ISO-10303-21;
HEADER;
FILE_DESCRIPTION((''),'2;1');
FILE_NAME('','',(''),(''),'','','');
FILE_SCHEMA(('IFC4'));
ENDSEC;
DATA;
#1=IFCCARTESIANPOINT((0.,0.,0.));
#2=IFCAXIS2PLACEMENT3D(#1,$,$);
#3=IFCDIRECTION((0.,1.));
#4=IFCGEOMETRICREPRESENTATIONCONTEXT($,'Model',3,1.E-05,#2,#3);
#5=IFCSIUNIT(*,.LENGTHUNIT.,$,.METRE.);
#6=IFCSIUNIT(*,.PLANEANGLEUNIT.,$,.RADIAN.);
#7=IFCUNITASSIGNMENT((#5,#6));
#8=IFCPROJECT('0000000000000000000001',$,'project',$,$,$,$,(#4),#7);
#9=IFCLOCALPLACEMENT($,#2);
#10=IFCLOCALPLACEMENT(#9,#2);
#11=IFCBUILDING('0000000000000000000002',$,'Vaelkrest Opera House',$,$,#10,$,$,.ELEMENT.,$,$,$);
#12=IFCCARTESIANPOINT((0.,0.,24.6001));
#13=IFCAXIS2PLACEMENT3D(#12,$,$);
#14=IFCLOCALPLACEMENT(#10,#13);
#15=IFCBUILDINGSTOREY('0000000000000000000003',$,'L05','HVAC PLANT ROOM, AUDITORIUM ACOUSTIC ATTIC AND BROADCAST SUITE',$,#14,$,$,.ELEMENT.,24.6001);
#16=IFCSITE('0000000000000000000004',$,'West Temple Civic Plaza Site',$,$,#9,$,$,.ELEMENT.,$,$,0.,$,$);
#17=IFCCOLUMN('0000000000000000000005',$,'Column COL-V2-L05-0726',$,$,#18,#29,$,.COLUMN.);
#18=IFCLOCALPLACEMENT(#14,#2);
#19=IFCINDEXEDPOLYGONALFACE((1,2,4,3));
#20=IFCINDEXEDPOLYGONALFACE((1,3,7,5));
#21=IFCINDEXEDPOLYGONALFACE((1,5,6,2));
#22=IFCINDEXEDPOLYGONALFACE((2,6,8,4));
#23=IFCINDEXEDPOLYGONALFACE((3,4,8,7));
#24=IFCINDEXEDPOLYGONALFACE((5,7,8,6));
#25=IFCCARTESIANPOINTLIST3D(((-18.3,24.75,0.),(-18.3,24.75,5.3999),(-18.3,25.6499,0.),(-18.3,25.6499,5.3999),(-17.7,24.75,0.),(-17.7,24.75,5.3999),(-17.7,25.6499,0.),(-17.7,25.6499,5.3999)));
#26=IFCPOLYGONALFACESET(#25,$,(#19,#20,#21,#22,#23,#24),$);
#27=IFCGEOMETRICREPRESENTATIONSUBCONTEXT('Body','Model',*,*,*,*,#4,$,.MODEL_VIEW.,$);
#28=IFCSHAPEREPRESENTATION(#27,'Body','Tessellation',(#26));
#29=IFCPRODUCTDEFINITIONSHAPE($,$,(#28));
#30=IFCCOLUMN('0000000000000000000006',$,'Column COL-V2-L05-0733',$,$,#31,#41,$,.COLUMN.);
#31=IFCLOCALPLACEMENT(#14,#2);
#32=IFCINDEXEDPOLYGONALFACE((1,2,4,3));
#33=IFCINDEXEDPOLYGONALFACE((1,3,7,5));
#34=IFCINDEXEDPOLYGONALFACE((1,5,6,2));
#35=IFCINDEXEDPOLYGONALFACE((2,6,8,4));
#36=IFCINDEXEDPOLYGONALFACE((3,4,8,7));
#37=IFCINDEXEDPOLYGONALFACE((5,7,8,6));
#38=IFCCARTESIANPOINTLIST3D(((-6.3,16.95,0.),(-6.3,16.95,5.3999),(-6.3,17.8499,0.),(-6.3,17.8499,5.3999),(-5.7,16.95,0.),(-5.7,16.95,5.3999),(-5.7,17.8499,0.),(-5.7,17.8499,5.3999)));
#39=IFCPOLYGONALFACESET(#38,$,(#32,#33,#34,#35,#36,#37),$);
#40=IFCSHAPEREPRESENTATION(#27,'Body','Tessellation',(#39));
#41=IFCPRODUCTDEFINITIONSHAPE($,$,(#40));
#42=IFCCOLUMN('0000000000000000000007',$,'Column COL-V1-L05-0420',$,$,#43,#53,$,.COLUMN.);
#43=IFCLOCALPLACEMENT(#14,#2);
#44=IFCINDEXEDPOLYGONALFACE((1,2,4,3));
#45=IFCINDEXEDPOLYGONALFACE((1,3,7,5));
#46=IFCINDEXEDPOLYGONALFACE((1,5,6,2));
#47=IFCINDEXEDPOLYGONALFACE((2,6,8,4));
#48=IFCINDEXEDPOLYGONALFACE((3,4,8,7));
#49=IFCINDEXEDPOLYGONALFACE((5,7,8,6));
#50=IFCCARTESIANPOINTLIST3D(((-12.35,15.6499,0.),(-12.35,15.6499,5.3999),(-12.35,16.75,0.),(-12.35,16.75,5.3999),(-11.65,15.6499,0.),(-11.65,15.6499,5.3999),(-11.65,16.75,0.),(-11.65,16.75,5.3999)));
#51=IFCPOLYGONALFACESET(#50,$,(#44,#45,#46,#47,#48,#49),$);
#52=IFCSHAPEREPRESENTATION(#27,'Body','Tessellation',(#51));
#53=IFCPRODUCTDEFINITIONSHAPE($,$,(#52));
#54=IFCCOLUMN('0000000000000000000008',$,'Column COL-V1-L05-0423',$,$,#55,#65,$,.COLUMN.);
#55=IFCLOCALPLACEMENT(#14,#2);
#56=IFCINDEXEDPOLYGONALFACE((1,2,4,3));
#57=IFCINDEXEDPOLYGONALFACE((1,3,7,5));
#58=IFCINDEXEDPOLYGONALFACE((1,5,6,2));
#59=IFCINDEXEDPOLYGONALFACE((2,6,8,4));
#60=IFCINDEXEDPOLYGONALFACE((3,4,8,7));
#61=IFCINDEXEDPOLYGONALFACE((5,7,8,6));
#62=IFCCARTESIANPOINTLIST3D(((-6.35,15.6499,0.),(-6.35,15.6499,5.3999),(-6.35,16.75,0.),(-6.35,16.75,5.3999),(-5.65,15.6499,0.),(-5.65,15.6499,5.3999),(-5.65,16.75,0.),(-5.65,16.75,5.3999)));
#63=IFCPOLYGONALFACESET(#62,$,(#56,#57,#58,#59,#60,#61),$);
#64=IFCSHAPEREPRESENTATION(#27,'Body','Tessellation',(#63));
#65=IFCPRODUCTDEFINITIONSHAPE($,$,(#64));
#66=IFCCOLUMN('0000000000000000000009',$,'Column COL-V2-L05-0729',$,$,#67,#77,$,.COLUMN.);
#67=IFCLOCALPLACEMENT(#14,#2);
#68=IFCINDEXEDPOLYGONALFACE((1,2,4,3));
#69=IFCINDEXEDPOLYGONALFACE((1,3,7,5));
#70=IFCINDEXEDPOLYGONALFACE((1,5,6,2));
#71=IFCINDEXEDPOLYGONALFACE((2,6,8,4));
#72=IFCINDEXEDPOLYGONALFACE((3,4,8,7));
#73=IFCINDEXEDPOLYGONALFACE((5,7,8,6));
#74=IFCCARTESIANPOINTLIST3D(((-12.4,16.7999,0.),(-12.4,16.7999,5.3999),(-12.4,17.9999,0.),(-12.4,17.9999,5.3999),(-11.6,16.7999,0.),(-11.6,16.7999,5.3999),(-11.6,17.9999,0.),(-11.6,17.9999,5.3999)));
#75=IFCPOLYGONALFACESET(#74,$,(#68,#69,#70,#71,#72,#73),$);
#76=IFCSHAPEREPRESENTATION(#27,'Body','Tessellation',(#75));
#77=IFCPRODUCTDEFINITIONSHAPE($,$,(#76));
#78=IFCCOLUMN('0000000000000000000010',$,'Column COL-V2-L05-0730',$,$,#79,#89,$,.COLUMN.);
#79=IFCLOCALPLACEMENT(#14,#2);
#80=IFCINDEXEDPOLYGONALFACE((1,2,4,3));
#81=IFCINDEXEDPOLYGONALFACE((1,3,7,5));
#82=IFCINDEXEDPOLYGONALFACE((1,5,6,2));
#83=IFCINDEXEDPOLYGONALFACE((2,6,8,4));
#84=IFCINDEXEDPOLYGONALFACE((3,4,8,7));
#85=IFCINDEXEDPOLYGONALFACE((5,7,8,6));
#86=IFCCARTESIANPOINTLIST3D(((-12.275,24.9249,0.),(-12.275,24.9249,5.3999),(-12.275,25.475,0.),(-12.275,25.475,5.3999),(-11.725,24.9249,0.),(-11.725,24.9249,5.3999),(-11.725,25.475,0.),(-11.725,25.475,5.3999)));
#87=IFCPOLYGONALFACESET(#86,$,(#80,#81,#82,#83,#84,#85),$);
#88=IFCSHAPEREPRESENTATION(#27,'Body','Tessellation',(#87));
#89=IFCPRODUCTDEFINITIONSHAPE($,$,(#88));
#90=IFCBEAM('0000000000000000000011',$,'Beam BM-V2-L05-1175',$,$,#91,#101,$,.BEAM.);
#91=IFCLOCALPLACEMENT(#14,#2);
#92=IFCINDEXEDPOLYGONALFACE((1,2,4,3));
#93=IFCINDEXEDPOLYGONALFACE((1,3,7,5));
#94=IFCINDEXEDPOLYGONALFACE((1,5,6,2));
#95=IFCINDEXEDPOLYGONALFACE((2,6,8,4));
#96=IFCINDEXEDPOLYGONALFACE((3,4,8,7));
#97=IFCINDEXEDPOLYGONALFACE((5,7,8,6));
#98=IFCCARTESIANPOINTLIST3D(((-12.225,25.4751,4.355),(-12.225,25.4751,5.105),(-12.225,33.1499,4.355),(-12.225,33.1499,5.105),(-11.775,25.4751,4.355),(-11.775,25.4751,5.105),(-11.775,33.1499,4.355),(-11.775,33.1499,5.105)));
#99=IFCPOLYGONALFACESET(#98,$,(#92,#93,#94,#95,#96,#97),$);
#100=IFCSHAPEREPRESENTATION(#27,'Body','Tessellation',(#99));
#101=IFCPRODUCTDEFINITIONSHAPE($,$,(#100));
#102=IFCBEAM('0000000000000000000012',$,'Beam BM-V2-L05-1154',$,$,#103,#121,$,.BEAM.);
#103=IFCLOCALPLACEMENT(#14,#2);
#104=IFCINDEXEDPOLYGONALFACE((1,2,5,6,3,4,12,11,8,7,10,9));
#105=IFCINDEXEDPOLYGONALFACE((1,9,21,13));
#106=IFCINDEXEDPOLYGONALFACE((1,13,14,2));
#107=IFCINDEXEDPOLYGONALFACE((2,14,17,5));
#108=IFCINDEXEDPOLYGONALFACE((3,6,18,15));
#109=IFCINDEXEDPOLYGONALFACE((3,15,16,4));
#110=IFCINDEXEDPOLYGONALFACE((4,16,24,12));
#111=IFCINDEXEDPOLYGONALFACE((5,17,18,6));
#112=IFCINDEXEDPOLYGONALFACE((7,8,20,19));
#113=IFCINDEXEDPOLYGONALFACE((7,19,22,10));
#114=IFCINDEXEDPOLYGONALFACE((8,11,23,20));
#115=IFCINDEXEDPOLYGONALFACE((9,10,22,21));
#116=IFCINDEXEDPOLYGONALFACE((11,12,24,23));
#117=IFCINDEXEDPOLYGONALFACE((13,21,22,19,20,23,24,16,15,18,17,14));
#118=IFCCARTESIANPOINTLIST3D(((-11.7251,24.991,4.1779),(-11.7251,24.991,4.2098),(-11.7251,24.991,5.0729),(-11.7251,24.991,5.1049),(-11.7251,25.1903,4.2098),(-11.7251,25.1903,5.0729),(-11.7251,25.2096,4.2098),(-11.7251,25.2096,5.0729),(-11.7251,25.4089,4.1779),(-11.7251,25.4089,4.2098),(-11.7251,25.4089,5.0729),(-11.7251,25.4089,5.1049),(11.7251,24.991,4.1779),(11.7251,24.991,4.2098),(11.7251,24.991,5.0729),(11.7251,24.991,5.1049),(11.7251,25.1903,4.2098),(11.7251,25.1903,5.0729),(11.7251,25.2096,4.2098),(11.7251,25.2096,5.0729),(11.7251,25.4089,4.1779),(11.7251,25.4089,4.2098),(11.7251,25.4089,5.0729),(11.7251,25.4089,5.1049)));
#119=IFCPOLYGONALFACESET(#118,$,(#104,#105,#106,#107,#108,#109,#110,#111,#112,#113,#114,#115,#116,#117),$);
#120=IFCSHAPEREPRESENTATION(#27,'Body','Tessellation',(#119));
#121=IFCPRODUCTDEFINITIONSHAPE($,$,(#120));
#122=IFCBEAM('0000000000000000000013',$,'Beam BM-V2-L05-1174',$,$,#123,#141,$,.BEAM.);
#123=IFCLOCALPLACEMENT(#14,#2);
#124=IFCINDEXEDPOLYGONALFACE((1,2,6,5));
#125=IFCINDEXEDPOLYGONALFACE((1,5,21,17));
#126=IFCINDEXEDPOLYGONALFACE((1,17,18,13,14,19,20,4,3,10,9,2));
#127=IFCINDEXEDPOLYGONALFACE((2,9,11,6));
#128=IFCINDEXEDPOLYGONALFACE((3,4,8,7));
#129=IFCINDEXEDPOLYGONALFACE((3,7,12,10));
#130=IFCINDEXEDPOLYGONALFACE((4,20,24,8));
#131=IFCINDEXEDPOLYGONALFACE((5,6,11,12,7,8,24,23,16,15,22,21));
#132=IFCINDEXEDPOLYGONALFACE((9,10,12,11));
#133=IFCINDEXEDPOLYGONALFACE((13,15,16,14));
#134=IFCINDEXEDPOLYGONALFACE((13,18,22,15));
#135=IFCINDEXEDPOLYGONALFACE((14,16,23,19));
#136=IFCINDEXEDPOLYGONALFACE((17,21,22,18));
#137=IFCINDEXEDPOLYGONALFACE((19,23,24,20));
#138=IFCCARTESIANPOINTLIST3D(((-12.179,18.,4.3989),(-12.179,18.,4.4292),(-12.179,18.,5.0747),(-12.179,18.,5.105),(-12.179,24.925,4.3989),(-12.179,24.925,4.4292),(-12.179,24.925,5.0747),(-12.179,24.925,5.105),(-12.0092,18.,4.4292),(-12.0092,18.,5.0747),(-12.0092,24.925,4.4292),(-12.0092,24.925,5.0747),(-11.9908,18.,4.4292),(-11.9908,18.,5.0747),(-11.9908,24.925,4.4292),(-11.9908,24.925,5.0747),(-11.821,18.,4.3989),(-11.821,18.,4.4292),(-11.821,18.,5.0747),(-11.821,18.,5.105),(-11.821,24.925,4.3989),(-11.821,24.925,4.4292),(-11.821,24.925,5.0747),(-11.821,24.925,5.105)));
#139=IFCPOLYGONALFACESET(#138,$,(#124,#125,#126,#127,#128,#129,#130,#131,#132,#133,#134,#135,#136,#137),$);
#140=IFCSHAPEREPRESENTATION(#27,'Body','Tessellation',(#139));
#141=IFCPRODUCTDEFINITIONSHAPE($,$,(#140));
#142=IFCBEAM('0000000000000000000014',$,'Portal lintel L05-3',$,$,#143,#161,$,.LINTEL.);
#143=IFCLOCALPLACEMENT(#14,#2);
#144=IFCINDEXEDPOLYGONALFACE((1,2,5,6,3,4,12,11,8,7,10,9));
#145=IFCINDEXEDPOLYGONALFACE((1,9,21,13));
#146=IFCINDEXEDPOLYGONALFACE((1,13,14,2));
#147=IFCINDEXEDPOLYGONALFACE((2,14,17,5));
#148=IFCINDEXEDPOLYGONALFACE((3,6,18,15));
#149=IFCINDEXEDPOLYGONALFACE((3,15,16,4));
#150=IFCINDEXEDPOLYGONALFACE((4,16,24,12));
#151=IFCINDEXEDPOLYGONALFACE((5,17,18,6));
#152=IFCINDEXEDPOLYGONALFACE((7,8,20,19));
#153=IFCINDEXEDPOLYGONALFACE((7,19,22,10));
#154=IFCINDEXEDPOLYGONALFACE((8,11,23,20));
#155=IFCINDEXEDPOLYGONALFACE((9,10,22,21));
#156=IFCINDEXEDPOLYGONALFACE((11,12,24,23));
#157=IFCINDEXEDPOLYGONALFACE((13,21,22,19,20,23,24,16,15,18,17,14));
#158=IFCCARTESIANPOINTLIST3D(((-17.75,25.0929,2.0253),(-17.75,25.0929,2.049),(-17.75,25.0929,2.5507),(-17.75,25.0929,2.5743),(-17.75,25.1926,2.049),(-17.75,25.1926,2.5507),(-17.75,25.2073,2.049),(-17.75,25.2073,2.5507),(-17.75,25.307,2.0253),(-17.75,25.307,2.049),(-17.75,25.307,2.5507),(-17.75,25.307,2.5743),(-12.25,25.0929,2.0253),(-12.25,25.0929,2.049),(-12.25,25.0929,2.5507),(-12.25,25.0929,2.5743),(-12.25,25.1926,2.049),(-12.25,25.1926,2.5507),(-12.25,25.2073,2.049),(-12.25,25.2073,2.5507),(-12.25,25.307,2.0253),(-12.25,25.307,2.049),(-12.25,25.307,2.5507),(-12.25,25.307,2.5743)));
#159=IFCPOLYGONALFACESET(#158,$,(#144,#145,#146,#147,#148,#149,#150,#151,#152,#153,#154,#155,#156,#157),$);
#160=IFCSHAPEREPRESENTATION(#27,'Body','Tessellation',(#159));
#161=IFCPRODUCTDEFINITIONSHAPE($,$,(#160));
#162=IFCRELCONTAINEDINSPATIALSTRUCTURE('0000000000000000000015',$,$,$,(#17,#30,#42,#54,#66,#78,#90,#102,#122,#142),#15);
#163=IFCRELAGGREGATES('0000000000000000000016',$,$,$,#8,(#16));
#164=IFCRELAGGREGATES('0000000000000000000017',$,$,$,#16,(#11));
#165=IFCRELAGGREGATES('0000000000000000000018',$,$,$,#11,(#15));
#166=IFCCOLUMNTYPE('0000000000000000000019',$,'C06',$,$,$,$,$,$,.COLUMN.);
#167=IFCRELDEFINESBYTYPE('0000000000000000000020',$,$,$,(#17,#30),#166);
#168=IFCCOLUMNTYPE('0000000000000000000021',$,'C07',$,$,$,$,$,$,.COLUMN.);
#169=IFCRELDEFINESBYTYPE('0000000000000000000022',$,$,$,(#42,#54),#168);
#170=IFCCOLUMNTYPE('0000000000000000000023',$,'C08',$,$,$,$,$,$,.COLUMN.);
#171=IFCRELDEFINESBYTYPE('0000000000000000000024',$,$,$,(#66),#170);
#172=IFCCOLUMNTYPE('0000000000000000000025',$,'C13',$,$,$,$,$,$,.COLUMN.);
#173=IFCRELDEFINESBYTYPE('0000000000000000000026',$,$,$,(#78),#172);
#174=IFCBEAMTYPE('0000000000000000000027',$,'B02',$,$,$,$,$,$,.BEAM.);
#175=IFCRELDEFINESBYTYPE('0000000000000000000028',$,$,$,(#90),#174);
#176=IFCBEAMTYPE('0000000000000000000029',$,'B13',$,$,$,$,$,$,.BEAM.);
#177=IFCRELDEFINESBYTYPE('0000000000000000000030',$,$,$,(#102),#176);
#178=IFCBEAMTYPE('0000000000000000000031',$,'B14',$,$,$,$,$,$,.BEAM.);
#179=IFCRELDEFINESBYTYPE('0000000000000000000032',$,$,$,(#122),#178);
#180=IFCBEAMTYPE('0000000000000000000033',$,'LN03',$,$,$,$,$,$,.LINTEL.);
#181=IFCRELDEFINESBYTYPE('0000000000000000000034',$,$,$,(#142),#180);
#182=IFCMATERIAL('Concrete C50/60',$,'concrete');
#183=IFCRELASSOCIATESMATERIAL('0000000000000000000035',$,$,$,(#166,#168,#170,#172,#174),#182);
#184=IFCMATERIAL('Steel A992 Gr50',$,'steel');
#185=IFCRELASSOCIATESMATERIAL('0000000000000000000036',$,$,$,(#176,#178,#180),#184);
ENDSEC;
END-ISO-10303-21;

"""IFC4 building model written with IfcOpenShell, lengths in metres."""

from ifc_helpers import new_model, si_unit, direction, frame, origin, origin_2d, place, context, subcontext, project, spatial, rectangle, i_section, extrude, material, material_profile, profile_set, type_object, element, save


model = new_model("IFC4")

# Units and contexts
model_context = context("Model", 3, precision=1e-05, world=origin(), true_north=direction((0.0, 1.0)))
body_context = subcontext(model_context, "Body", "Model", "MODEL_VIEW")
ifc_project = project(units=[si_unit("LENGTHUNIT", "METRE"), si_unit("PLANEANGLEUNIT", "RADIAN")], contexts=[model_context])

# Site, building, storey
site_placement = place(None, origin())
site = spatial("IfcSite", under=ifc_project, at=site_placement, Name="West Temple Civic Plaza Site", CompositionType="ELEMENT", RefElevation=0.0)
building_placement = place(site_placement, origin())
building = spatial("IfcBuilding", under=site, at=building_placement, Name="Vaelkrest Opera House", CompositionType="ELEMENT")
storey_placement = place(building_placement, frame((0.0, 0.0, 24.6001)))
storey = spatial("IfcBuildingStorey", under=building, at=storey_placement, Name="L05", Description="HVAC PLANT ROOM, AUDITORIUM ACOUSTIC ATTIC AND BROADCAST SUITE", CompositionType="ELEMENT", Elevation=24.6001)

# Columns
ifc_material_1 = material(Name="Concrete C50/60", Category="concrete")
ifc_material_profile_1 = material_profile(ifc_material_1, rectangle(XDim=0.6001, YDim=0.8999, at=origin_2d()), Name="RC600X900")
ifc_profile_set_1 = profile_set([ifc_material_profile_1], Name="Concrete C50/60")
column_type_1 = type_object("IfcColumnType", Name="C06", PredefinedType="COLUMN", material=ifc_profile_set_1)
for number, where, z_axis, x_axis, name in (
    (1, (-18.0, 25.2, 0.0), (0.0, 0.0, 1.0), (1.0, 0.0, 0.0), "Column COL-V2-L05-0726"),
    (2, (-6.0, 17.3999, 0.0), (0.0, 0.0, 1.0), (1.0, 0.0, 0.0), "Column COL-V2-L05-0733"),
):
    element("IfcColumn", number, at=place(storey_placement, frame(where, z_axis=z_axis, x_axis=x_axis)), inside=storey, type_object=column_type_1, Name=name, PredefinedType="COLUMN", context=body_context, shape_type="SweptSolid", body=[
        extrude(rectangle(XDim=0.6001, YDim=0.8999, at=origin_2d()), origin(), (0.0, 0.0, 1.0), 5.3999),
    ])
ifc_material_profile_2 = material_profile(ifc_material_1, rectangle(XDim=0.7, YDim=1.1001, at=origin_2d()), Name="RC700X1100")
ifc_profile_set_2 = profile_set([ifc_material_profile_2], Name="Concrete C50/60")
column_type_2 = type_object("IfcColumnType", Name="C07", PredefinedType="COLUMN", material=ifc_profile_set_2)
for number, where, z_axis, x_axis, name in (
    (3, (-12.0, 16.2, 0.0), (0.0, 0.0, 1.0), (1.0, 0.0, 0.0), "Column COL-V1-L05-0420"),
    (4, (-6.0, 16.2, 0.0), (0.0, 0.0, 1.0), (1.0, 0.0, 0.0), "Column COL-V1-L05-0423"),
):
    element("IfcColumn", number, at=place(storey_placement, frame(where, z_axis=z_axis, x_axis=x_axis)), inside=storey, type_object=column_type_2, Name=name, PredefinedType="COLUMN", context=body_context, shape_type="SweptSolid", body=[
        extrude(rectangle(XDim=0.7, YDim=1.1001, at=origin_2d()), origin(), (0.0, 0.0, 1.0), 5.3999),
    ])
ifc_material_profile_3 = material_profile(ifc_material_1, rectangle(XDim=0.8, YDim=1.2, at=origin_2d()), Name="RC800X1200")
ifc_profile_set_3 = profile_set([ifc_material_profile_3], Name="Concrete C50/60")
column_type_3 = type_object("IfcColumnType", Name="C08", PredefinedType="COLUMN", material=ifc_profile_set_3)
column_1_placement = place(storey_placement, frame((-12.0, 17.3999, 0.0), z_axis=(0.0, 0.0, 1.0), x_axis=(1.0, 0.0, 0.0)))
element("IfcColumn", 5, at=column_1_placement, inside=storey, type_object=column_type_3, Name="Column COL-V2-L05-0729", PredefinedType="COLUMN", context=body_context, shape_type="SweptSolid", body=[
    extrude(rectangle(XDim=0.8, YDim=1.2, at=origin_2d()), origin(), (0.0, 0.0, 1.0), 5.3999),
])
ifc_material_profile_4 = material_profile(ifc_material_1, rectangle(XDim=0.55, YDim=0.55, at=origin_2d()), Name="RC550X550")
ifc_profile_set_4 = profile_set([ifc_material_profile_4], Name="Concrete C50/60")
column_type_4 = type_object("IfcColumnType", Name="C13", PredefinedType="COLUMN", material=ifc_profile_set_4)
column_2_placement = place(storey_placement, frame((-12.0, 25.2, 0.0), z_axis=(0.0, 0.0, 1.0), x_axis=(1.0, 0.0, 0.0)))
element("IfcColumn", 6, at=column_2_placement, inside=storey, type_object=column_type_4, Name="Column COL-V2-L05-0730", PredefinedType="COLUMN", context=body_context, shape_type="SweptSolid", body=[
    extrude(rectangle(XDim=0.55, YDim=0.55, at=origin_2d()), origin(), (0.0, 0.0, 1.0), 5.3999),
])

# Beams
ifc_material_profile_5 = material_profile(ifc_material_1, rectangle(XDim=0.45, YDim=0.75, at=origin_2d()), Name="RCB450X750")
ifc_profile_set_5 = profile_set([ifc_material_profile_5], Name="Concrete C50/60")
beam_type_1 = type_object("IfcBeamType", Name="B02", PredefinedType="BEAM", material=ifc_profile_set_5)
beam_1_placement = place(storey_placement, frame((-12.0, 25.4751, 4.73), z_axis=(0.0, 1.0, 0.0), x_axis=(-1.0, 0.0, 0.0)))
element("IfcBeam", 7, at=beam_1_placement, inside=storey, type_object=beam_type_1, Name="Beam BM-V2-L05-1175", PredefinedType="BEAM", context=body_context, shape_type="SweptSolid", body=[
    extrude(rectangle(XDim=0.45, YDim=0.75, at=origin_2d()), origin(), (0.0, 0.0, 1.0), 7.6748),
])
ifc_material_2 = material(Name="Steel A992 Gr50", Category="steel")
ifc_material_profile_6 = material_profile(ifc_material_2, i_section(OverallWidth=0.418, OverallDepth=0.927, WebThickness=0.0193, FlangeThickness=0.032, at=origin_2d()), Name="W36X231")
ifc_profile_set_6 = profile_set([ifc_material_profile_6], Name="Steel A992 Gr50")
beam_type_2 = type_object("IfcBeamType", Name="B13", PredefinedType="BEAM", material=ifc_profile_set_6)
beam_2_placement = place(storey_placement, frame((-11.7251, 25.2, 4.6414), z_axis=(1.0, 0.0, 0.0), x_axis=(0.0, 1.0, 0.0)))
element("IfcBeam", 8, at=beam_2_placement, inside=storey, type_object=beam_type_2, Name="Beam BM-V2-L05-1154", PredefinedType="BEAM", context=body_context, shape_type="SweptSolid", body=[
    extrude(i_section(OverallWidth=0.418, OverallDepth=0.927, WebThickness=0.0193, FlangeThickness=0.032, at=origin_2d()), origin(), (0.0, 0.0, 1.0), 23.4502),
])
ifc_material_profile_7 = material_profile(ifc_material_2, i_section(OverallWidth=0.3579, OverallDepth=0.7061, WebThickness=0.0183, FlangeThickness=0.0303, at=origin_2d()), Name="W27X178")
ifc_profile_set_7 = profile_set([ifc_material_profile_7], Name="Steel A992 Gr50")
beam_type_3 = type_object("IfcBeamType", Name="B14", PredefinedType="BEAM", material=ifc_profile_set_7)
beam_3_placement = place(storey_placement, frame((-12.0, 18.0, 4.752), z_axis=(0.0, 1.0, 0.0), x_axis=(-1.0, 0.0, 0.0)))
element("IfcBeam", 9, at=beam_3_placement, inside=storey, type_object=beam_type_3, Name="Beam BM-V2-L05-1174", PredefinedType="BEAM", context=body_context, shape_type="SweptSolid", body=[
    extrude(i_section(OverallWidth=0.3579, OverallDepth=0.7061, WebThickness=0.0183, FlangeThickness=0.0303, at=origin_2d()), origin(), (0.0, 0.0, 1.0), 6.925),
])
ifc_material_profile_8 = material_profile(ifc_material_2, i_section(OverallWidth=0.2141, OverallDepth=0.5491, WebThickness=0.0146, FlangeThickness=0.0237, at=origin_2d()), Name="W21X93")
ifc_profile_set_8 = profile_set([ifc_material_profile_8], Name="Steel A992 Gr50")
beam_type_4 = type_object("IfcBeamType", Name="LN03", PredefinedType="LINTEL", material=ifc_profile_set_8)
beam_4_placement = place(storey_placement, frame((-17.75, 25.2, 2.2998), z_axis=(1.0, 0.0, 0.0), x_axis=(0.0, 1.0, 0.0)))
element("IfcBeam", 10, at=beam_4_placement, inside=storey, type_object=beam_type_4, Name="Portal lintel L05-3", PredefinedType="LINTEL", context=body_context, shape_type="SweptSolid", body=[
    extrude(i_section(OverallWidth=0.2141, OverallDepth=0.5491, WebThickness=0.0146, FlangeThickness=0.0237, at=origin_2d()), origin(), (0.0, 0.0, 1.0), 5.5),
])

save(model, "model.ifc")
